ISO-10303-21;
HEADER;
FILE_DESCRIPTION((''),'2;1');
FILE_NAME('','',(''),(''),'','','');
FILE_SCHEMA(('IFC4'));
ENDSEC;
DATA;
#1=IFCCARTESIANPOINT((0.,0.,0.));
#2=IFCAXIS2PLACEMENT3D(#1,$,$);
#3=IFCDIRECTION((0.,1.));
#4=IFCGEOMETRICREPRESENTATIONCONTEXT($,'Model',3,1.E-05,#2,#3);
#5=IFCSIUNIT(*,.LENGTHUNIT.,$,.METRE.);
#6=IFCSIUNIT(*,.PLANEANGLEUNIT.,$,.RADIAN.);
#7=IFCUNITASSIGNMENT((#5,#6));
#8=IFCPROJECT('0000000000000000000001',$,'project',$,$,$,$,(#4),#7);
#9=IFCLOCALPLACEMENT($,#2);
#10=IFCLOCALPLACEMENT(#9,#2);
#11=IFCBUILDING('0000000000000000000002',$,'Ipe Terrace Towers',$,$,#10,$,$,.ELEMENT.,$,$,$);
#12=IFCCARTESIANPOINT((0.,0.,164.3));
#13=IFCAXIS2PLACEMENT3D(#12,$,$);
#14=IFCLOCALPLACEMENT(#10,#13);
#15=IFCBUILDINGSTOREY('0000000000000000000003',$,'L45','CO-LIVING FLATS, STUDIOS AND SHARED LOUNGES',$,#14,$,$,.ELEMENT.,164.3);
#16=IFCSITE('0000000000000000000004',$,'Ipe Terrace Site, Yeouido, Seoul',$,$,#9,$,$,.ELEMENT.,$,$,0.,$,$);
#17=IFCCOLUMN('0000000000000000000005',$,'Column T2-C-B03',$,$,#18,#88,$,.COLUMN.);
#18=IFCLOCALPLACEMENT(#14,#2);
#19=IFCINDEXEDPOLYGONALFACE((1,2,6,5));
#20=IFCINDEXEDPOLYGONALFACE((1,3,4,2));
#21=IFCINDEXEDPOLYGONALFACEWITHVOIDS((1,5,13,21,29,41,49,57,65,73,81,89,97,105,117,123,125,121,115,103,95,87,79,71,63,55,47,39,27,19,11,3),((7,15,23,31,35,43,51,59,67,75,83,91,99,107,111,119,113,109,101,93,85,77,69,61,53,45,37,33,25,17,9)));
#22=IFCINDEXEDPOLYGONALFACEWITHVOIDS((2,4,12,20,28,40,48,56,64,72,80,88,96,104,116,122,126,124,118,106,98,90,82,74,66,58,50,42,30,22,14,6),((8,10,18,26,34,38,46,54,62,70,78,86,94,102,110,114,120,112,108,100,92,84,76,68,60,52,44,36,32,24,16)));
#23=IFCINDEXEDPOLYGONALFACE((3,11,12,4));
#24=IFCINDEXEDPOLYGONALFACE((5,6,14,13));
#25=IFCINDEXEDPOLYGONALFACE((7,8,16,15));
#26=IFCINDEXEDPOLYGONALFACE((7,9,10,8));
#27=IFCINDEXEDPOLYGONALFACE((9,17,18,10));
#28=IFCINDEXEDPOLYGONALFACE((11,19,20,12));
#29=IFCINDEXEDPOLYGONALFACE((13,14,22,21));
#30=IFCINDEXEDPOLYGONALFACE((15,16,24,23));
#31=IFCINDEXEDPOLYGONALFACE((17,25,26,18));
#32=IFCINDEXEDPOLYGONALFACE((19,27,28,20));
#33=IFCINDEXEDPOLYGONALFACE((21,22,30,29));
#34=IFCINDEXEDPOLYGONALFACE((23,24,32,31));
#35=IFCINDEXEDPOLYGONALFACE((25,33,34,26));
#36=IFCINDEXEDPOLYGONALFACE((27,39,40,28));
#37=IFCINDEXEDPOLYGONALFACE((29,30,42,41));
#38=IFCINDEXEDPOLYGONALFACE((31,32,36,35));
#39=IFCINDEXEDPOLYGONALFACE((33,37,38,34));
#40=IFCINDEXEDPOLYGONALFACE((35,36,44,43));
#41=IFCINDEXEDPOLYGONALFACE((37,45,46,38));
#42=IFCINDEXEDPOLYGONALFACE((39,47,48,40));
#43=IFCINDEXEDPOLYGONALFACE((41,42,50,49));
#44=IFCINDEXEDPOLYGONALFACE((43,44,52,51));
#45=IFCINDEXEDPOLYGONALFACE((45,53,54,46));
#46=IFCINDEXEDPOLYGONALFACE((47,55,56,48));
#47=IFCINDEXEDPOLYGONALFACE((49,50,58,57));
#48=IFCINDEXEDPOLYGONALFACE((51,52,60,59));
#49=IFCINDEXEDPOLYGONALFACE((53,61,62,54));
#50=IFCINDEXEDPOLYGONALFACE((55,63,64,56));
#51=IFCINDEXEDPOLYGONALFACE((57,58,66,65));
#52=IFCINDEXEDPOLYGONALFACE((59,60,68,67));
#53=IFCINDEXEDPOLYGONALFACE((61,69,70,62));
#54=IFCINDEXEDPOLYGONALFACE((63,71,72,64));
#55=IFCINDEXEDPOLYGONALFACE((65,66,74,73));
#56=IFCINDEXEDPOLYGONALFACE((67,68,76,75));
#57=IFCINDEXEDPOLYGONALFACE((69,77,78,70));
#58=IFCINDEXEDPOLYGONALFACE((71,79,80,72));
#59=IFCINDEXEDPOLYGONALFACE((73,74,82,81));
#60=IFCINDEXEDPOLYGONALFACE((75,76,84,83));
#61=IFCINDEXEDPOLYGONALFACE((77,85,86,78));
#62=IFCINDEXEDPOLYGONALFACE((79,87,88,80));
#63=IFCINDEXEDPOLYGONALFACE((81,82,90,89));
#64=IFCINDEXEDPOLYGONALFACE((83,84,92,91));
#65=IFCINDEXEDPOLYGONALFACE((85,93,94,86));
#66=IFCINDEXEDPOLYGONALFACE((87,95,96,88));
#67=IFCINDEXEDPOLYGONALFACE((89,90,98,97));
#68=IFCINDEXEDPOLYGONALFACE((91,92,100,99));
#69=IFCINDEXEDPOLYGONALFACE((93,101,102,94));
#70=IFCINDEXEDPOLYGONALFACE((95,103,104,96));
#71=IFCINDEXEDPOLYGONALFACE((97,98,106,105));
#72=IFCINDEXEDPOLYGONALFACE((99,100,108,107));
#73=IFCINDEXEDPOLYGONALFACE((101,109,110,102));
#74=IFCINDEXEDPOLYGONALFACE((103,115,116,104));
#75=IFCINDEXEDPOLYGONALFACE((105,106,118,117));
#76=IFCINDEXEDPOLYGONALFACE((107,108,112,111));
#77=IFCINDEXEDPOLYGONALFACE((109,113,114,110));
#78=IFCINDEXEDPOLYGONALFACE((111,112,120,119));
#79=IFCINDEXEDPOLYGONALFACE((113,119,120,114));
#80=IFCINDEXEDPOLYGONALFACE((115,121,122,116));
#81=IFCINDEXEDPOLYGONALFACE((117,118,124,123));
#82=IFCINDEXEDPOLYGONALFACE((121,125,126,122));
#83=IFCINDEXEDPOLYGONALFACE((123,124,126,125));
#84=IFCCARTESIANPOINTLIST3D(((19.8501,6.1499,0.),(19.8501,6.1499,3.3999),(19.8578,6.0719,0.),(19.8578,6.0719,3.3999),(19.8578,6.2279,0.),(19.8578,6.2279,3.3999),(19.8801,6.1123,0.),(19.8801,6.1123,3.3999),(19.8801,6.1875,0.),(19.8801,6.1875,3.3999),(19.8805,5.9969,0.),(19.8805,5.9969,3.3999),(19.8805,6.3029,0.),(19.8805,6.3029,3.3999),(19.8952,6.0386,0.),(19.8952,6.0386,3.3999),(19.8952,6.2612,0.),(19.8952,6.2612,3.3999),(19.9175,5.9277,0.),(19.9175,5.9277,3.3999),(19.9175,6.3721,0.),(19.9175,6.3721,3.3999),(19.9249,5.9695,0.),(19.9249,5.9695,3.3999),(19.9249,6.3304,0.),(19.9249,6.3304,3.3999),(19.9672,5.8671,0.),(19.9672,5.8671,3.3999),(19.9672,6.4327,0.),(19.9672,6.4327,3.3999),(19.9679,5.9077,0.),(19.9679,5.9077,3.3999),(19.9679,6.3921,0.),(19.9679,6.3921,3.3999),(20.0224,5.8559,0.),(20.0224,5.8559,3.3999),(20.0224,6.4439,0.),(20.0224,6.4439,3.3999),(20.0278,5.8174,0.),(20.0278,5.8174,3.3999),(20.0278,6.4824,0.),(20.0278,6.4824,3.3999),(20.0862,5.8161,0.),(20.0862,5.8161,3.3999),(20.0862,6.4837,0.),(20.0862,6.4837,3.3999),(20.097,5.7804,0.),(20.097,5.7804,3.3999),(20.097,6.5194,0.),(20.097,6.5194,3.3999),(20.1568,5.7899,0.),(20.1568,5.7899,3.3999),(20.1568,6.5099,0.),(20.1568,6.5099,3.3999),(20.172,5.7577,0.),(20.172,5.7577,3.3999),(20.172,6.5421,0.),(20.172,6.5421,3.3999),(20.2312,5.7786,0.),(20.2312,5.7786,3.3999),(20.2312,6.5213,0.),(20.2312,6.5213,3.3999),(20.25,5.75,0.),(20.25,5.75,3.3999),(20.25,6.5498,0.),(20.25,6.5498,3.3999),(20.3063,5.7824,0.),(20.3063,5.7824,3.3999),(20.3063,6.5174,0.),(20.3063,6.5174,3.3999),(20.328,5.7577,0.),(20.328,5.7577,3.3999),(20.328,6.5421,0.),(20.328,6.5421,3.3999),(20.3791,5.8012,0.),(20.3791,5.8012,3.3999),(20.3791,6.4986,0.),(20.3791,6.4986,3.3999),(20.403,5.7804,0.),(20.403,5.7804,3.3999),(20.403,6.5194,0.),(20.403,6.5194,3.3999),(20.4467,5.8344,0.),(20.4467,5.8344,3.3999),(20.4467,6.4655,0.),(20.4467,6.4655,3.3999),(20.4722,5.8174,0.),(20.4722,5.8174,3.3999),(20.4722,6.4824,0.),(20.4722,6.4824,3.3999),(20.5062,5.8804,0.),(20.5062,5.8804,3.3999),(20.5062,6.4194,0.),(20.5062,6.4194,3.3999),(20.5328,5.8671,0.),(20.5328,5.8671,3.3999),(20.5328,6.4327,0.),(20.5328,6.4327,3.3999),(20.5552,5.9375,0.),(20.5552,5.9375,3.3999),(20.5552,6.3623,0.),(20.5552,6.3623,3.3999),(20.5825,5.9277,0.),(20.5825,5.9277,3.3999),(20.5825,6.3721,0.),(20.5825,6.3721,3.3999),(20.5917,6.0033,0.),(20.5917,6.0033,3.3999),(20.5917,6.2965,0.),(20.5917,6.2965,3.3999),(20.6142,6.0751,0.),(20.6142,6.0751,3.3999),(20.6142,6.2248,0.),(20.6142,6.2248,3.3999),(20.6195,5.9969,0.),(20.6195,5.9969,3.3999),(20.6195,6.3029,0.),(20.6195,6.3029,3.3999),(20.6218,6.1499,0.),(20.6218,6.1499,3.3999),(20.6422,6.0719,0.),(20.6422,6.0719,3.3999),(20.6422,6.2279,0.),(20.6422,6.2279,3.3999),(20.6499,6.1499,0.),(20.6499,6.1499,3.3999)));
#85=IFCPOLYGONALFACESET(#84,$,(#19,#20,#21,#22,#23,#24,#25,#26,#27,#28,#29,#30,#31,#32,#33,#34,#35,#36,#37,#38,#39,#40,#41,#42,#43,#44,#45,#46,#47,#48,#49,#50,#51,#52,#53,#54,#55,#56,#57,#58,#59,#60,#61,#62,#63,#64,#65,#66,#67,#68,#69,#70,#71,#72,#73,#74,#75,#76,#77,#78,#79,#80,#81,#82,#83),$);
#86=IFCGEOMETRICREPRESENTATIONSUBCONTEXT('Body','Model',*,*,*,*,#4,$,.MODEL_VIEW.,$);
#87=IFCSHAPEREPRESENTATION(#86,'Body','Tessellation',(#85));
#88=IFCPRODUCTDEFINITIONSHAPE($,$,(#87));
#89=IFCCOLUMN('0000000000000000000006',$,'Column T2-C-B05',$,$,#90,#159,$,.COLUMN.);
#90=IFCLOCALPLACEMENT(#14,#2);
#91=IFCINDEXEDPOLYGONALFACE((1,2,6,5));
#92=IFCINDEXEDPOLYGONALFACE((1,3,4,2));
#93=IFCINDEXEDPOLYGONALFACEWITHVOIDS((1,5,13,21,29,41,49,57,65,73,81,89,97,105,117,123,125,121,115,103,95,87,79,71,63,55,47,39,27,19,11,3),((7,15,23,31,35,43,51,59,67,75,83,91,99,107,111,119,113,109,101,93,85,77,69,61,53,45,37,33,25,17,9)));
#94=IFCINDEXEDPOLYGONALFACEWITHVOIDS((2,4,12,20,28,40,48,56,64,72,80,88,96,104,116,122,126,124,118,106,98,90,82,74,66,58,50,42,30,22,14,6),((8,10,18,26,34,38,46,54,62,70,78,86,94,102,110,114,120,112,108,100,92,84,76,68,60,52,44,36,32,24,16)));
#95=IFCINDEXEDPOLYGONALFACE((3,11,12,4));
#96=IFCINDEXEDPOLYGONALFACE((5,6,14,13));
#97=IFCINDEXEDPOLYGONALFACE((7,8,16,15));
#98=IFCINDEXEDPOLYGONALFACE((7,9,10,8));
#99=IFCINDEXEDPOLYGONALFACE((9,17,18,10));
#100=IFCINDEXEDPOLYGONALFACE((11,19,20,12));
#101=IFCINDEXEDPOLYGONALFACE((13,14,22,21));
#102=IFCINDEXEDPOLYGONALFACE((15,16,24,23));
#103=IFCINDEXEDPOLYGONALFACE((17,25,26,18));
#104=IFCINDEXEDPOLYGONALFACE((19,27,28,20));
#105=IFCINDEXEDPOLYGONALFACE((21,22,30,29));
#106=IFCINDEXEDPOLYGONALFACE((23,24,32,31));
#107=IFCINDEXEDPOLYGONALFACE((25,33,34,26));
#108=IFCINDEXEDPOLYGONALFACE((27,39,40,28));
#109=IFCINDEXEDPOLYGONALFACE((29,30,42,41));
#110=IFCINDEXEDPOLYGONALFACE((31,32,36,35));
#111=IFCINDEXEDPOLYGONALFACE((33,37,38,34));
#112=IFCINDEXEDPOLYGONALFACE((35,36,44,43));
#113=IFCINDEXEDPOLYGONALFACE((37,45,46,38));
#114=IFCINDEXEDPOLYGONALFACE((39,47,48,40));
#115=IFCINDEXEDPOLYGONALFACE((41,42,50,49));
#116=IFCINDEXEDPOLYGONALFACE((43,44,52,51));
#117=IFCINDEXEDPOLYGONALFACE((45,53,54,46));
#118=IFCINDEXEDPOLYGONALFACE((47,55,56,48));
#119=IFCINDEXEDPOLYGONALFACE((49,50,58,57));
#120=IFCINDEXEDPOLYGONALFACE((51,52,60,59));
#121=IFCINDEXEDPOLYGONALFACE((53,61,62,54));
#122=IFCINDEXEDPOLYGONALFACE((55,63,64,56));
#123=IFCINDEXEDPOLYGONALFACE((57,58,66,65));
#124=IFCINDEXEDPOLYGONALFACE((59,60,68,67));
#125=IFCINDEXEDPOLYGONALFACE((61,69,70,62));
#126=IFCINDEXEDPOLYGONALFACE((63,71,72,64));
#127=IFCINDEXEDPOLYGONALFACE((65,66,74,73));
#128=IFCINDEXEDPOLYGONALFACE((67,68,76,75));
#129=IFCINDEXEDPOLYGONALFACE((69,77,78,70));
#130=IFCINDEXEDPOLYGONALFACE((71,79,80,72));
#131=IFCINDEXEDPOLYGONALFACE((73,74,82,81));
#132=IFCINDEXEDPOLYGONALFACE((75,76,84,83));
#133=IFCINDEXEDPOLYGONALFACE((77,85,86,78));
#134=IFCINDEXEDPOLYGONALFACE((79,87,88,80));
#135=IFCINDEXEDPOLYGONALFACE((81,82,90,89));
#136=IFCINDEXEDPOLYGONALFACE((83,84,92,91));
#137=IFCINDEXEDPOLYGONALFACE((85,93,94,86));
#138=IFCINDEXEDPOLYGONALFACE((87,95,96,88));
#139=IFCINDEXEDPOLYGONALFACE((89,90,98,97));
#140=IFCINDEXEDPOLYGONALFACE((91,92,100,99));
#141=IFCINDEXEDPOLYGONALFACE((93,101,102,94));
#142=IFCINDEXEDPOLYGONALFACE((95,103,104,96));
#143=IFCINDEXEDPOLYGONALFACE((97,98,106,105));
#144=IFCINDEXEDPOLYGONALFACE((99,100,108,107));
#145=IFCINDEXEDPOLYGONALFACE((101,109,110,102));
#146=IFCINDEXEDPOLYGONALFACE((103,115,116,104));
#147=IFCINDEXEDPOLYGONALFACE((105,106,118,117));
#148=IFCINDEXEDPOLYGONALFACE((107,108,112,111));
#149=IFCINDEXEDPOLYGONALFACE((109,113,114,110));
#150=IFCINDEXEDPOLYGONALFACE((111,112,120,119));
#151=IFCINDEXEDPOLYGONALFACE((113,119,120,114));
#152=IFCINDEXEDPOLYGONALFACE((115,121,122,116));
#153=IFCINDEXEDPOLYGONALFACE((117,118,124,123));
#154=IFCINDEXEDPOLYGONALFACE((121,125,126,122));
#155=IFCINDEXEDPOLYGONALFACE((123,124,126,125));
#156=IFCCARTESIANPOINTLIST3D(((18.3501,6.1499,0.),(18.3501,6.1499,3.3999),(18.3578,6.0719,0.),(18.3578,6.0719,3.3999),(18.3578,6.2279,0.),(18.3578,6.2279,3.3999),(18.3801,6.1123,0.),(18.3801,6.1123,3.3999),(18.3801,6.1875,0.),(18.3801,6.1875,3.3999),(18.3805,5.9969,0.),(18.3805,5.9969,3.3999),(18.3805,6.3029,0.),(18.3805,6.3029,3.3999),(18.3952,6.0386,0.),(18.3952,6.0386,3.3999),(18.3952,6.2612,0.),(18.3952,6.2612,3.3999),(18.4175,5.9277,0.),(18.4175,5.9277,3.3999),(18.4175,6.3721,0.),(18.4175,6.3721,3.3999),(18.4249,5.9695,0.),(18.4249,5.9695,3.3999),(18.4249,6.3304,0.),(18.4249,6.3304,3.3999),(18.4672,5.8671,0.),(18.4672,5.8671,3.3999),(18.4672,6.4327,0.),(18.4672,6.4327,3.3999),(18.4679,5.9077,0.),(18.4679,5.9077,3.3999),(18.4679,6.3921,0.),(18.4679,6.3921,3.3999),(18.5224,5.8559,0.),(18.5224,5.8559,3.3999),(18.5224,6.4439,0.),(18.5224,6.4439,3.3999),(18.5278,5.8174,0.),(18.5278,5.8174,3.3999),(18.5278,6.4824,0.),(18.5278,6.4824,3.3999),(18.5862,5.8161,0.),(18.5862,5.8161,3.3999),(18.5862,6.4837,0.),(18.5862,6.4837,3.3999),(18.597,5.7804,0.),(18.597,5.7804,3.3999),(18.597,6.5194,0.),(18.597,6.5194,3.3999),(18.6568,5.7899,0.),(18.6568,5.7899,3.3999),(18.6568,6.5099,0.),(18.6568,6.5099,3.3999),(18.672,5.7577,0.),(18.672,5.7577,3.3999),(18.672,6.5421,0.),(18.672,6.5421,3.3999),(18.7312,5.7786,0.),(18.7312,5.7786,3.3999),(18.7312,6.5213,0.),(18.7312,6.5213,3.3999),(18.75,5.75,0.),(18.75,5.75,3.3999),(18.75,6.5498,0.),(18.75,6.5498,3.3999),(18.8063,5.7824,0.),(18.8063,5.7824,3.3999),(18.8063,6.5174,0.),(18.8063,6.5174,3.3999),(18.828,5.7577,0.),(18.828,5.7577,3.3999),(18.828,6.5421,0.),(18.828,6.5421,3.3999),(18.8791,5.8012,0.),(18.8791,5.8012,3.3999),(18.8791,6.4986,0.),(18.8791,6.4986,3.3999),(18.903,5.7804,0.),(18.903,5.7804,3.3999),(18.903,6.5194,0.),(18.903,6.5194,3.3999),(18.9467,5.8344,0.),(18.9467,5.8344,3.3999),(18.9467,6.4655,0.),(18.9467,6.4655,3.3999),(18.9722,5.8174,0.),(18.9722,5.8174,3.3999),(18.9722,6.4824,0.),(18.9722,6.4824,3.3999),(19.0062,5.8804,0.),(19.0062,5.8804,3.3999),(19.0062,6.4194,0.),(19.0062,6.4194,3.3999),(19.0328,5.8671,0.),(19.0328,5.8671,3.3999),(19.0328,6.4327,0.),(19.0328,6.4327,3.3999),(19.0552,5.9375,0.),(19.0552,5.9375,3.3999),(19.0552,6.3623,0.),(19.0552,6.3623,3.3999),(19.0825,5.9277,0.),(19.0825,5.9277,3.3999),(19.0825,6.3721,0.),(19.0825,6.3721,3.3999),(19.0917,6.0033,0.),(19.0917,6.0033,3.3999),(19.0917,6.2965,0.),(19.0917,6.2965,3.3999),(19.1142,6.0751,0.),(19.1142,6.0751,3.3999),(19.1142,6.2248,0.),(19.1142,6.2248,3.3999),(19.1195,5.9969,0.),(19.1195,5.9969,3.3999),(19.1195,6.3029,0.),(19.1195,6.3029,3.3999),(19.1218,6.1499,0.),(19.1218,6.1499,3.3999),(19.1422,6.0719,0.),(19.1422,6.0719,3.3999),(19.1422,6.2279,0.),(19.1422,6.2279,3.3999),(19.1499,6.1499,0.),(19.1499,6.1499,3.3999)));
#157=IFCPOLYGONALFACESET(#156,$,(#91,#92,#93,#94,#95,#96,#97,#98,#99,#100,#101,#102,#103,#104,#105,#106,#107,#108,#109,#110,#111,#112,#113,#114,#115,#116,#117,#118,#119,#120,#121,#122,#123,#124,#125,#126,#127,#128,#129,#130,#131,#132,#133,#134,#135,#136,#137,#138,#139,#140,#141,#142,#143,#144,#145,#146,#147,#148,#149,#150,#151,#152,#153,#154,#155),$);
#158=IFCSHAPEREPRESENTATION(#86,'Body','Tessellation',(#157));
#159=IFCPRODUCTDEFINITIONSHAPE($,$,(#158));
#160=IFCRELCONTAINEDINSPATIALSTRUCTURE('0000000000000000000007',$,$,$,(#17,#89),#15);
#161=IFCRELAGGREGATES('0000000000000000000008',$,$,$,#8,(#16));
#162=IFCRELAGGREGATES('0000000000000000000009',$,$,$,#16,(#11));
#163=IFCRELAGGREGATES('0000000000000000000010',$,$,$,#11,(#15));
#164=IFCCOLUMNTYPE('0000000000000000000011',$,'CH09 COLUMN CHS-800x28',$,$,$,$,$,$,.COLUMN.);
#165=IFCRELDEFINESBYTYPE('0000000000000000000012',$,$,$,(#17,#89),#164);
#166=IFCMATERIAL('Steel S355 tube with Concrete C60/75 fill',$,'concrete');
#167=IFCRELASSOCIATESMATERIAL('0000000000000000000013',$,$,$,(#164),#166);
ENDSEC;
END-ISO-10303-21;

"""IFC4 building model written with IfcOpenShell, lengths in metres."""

from ifc_helpers import new_model, si_unit, direction, frame, origin, origin_2d, place, context, subcontext, project, spatial, hollow_circle, extrude, material, material_profile, profile_set, type_object, element, save


model = new_model("IFC4")

# Units and contexts
model_context = context("Model", 3, precision=1e-05, world=origin(), true_north=direction((0.0, 1.0)))
body_context = subcontext(model_context, "Body", "Model", "MODEL_VIEW")
ifc_project = project(units=[si_unit("LENGTHUNIT", "METRE"), si_unit("PLANEANGLEUNIT", "RADIAN")], contexts=[model_context])

# Site, building, storey
site_placement = place(None, origin())
site = spatial("IfcSite", under=ifc_project, at=site_placement, Name="Ipe Terrace Site, Yeouido, Seoul", CompositionType="ELEMENT", RefElevation=0.0)
building_placement = place(site_placement, origin())
building = spatial("IfcBuilding", under=site, at=building_placement, Name="Ipe Terrace Towers", CompositionType="ELEMENT")
storey_placement = place(building_placement, frame((0.0, 0.0, 164.3)))
storey = spatial("IfcBuildingStorey", under=building, at=storey_placement, Name="L45", Description="CO-LIVING FLATS, STUDIOS AND SHARED LOUNGES", CompositionType="ELEMENT", Elevation=164.3)

# Columns
ifc_material_1 = material(Name="Steel S355 tube with Concrete C60/75 fill", Category="concrete")
ifc_material_profile_1 = material_profile(ifc_material_1, hollow_circle(Radius=0.3999, WallThickness=0.0281, at=origin_2d()), Name="CHS-800x28")
ifc_profile_set_1 = profile_set([ifc_material_profile_1], Name="Steel S355 tube with Concrete C60/75 fill")
column_type_1 = type_object("IfcColumnType", Name="CH09 COLUMN CHS-800x28", PredefinedType="COLUMN", material=ifc_profile_set_1)
for number, where, z_axis, x_axis, name in (
    (1, (20.25, 6.1499, 0.0), (0.0, 0.0, 1.0), (1.0, 0.0, 0.0), "Column T2-C-B03"),
    (2, (18.75, 6.1499, 0.0), (0.0, 0.0, 1.0), (1.0, 0.0, 0.0), "Column T2-C-B05"),
):
    element("IfcColumn", number, at=place(storey_placement, frame(where, z_axis=z_axis, x_axis=x_axis)), inside=storey, type_object=column_type_1, Name=name, PredefinedType="COLUMN", context=body_context, shape_type="SweptSolid", body=[
        extrude(hollow_circle(Radius=0.3999, WallThickness=0.0281, at=origin_2d()), origin(), (0.0, 0.0, 1.0), 3.3999),
    ])

save(model, "model.ifc")
